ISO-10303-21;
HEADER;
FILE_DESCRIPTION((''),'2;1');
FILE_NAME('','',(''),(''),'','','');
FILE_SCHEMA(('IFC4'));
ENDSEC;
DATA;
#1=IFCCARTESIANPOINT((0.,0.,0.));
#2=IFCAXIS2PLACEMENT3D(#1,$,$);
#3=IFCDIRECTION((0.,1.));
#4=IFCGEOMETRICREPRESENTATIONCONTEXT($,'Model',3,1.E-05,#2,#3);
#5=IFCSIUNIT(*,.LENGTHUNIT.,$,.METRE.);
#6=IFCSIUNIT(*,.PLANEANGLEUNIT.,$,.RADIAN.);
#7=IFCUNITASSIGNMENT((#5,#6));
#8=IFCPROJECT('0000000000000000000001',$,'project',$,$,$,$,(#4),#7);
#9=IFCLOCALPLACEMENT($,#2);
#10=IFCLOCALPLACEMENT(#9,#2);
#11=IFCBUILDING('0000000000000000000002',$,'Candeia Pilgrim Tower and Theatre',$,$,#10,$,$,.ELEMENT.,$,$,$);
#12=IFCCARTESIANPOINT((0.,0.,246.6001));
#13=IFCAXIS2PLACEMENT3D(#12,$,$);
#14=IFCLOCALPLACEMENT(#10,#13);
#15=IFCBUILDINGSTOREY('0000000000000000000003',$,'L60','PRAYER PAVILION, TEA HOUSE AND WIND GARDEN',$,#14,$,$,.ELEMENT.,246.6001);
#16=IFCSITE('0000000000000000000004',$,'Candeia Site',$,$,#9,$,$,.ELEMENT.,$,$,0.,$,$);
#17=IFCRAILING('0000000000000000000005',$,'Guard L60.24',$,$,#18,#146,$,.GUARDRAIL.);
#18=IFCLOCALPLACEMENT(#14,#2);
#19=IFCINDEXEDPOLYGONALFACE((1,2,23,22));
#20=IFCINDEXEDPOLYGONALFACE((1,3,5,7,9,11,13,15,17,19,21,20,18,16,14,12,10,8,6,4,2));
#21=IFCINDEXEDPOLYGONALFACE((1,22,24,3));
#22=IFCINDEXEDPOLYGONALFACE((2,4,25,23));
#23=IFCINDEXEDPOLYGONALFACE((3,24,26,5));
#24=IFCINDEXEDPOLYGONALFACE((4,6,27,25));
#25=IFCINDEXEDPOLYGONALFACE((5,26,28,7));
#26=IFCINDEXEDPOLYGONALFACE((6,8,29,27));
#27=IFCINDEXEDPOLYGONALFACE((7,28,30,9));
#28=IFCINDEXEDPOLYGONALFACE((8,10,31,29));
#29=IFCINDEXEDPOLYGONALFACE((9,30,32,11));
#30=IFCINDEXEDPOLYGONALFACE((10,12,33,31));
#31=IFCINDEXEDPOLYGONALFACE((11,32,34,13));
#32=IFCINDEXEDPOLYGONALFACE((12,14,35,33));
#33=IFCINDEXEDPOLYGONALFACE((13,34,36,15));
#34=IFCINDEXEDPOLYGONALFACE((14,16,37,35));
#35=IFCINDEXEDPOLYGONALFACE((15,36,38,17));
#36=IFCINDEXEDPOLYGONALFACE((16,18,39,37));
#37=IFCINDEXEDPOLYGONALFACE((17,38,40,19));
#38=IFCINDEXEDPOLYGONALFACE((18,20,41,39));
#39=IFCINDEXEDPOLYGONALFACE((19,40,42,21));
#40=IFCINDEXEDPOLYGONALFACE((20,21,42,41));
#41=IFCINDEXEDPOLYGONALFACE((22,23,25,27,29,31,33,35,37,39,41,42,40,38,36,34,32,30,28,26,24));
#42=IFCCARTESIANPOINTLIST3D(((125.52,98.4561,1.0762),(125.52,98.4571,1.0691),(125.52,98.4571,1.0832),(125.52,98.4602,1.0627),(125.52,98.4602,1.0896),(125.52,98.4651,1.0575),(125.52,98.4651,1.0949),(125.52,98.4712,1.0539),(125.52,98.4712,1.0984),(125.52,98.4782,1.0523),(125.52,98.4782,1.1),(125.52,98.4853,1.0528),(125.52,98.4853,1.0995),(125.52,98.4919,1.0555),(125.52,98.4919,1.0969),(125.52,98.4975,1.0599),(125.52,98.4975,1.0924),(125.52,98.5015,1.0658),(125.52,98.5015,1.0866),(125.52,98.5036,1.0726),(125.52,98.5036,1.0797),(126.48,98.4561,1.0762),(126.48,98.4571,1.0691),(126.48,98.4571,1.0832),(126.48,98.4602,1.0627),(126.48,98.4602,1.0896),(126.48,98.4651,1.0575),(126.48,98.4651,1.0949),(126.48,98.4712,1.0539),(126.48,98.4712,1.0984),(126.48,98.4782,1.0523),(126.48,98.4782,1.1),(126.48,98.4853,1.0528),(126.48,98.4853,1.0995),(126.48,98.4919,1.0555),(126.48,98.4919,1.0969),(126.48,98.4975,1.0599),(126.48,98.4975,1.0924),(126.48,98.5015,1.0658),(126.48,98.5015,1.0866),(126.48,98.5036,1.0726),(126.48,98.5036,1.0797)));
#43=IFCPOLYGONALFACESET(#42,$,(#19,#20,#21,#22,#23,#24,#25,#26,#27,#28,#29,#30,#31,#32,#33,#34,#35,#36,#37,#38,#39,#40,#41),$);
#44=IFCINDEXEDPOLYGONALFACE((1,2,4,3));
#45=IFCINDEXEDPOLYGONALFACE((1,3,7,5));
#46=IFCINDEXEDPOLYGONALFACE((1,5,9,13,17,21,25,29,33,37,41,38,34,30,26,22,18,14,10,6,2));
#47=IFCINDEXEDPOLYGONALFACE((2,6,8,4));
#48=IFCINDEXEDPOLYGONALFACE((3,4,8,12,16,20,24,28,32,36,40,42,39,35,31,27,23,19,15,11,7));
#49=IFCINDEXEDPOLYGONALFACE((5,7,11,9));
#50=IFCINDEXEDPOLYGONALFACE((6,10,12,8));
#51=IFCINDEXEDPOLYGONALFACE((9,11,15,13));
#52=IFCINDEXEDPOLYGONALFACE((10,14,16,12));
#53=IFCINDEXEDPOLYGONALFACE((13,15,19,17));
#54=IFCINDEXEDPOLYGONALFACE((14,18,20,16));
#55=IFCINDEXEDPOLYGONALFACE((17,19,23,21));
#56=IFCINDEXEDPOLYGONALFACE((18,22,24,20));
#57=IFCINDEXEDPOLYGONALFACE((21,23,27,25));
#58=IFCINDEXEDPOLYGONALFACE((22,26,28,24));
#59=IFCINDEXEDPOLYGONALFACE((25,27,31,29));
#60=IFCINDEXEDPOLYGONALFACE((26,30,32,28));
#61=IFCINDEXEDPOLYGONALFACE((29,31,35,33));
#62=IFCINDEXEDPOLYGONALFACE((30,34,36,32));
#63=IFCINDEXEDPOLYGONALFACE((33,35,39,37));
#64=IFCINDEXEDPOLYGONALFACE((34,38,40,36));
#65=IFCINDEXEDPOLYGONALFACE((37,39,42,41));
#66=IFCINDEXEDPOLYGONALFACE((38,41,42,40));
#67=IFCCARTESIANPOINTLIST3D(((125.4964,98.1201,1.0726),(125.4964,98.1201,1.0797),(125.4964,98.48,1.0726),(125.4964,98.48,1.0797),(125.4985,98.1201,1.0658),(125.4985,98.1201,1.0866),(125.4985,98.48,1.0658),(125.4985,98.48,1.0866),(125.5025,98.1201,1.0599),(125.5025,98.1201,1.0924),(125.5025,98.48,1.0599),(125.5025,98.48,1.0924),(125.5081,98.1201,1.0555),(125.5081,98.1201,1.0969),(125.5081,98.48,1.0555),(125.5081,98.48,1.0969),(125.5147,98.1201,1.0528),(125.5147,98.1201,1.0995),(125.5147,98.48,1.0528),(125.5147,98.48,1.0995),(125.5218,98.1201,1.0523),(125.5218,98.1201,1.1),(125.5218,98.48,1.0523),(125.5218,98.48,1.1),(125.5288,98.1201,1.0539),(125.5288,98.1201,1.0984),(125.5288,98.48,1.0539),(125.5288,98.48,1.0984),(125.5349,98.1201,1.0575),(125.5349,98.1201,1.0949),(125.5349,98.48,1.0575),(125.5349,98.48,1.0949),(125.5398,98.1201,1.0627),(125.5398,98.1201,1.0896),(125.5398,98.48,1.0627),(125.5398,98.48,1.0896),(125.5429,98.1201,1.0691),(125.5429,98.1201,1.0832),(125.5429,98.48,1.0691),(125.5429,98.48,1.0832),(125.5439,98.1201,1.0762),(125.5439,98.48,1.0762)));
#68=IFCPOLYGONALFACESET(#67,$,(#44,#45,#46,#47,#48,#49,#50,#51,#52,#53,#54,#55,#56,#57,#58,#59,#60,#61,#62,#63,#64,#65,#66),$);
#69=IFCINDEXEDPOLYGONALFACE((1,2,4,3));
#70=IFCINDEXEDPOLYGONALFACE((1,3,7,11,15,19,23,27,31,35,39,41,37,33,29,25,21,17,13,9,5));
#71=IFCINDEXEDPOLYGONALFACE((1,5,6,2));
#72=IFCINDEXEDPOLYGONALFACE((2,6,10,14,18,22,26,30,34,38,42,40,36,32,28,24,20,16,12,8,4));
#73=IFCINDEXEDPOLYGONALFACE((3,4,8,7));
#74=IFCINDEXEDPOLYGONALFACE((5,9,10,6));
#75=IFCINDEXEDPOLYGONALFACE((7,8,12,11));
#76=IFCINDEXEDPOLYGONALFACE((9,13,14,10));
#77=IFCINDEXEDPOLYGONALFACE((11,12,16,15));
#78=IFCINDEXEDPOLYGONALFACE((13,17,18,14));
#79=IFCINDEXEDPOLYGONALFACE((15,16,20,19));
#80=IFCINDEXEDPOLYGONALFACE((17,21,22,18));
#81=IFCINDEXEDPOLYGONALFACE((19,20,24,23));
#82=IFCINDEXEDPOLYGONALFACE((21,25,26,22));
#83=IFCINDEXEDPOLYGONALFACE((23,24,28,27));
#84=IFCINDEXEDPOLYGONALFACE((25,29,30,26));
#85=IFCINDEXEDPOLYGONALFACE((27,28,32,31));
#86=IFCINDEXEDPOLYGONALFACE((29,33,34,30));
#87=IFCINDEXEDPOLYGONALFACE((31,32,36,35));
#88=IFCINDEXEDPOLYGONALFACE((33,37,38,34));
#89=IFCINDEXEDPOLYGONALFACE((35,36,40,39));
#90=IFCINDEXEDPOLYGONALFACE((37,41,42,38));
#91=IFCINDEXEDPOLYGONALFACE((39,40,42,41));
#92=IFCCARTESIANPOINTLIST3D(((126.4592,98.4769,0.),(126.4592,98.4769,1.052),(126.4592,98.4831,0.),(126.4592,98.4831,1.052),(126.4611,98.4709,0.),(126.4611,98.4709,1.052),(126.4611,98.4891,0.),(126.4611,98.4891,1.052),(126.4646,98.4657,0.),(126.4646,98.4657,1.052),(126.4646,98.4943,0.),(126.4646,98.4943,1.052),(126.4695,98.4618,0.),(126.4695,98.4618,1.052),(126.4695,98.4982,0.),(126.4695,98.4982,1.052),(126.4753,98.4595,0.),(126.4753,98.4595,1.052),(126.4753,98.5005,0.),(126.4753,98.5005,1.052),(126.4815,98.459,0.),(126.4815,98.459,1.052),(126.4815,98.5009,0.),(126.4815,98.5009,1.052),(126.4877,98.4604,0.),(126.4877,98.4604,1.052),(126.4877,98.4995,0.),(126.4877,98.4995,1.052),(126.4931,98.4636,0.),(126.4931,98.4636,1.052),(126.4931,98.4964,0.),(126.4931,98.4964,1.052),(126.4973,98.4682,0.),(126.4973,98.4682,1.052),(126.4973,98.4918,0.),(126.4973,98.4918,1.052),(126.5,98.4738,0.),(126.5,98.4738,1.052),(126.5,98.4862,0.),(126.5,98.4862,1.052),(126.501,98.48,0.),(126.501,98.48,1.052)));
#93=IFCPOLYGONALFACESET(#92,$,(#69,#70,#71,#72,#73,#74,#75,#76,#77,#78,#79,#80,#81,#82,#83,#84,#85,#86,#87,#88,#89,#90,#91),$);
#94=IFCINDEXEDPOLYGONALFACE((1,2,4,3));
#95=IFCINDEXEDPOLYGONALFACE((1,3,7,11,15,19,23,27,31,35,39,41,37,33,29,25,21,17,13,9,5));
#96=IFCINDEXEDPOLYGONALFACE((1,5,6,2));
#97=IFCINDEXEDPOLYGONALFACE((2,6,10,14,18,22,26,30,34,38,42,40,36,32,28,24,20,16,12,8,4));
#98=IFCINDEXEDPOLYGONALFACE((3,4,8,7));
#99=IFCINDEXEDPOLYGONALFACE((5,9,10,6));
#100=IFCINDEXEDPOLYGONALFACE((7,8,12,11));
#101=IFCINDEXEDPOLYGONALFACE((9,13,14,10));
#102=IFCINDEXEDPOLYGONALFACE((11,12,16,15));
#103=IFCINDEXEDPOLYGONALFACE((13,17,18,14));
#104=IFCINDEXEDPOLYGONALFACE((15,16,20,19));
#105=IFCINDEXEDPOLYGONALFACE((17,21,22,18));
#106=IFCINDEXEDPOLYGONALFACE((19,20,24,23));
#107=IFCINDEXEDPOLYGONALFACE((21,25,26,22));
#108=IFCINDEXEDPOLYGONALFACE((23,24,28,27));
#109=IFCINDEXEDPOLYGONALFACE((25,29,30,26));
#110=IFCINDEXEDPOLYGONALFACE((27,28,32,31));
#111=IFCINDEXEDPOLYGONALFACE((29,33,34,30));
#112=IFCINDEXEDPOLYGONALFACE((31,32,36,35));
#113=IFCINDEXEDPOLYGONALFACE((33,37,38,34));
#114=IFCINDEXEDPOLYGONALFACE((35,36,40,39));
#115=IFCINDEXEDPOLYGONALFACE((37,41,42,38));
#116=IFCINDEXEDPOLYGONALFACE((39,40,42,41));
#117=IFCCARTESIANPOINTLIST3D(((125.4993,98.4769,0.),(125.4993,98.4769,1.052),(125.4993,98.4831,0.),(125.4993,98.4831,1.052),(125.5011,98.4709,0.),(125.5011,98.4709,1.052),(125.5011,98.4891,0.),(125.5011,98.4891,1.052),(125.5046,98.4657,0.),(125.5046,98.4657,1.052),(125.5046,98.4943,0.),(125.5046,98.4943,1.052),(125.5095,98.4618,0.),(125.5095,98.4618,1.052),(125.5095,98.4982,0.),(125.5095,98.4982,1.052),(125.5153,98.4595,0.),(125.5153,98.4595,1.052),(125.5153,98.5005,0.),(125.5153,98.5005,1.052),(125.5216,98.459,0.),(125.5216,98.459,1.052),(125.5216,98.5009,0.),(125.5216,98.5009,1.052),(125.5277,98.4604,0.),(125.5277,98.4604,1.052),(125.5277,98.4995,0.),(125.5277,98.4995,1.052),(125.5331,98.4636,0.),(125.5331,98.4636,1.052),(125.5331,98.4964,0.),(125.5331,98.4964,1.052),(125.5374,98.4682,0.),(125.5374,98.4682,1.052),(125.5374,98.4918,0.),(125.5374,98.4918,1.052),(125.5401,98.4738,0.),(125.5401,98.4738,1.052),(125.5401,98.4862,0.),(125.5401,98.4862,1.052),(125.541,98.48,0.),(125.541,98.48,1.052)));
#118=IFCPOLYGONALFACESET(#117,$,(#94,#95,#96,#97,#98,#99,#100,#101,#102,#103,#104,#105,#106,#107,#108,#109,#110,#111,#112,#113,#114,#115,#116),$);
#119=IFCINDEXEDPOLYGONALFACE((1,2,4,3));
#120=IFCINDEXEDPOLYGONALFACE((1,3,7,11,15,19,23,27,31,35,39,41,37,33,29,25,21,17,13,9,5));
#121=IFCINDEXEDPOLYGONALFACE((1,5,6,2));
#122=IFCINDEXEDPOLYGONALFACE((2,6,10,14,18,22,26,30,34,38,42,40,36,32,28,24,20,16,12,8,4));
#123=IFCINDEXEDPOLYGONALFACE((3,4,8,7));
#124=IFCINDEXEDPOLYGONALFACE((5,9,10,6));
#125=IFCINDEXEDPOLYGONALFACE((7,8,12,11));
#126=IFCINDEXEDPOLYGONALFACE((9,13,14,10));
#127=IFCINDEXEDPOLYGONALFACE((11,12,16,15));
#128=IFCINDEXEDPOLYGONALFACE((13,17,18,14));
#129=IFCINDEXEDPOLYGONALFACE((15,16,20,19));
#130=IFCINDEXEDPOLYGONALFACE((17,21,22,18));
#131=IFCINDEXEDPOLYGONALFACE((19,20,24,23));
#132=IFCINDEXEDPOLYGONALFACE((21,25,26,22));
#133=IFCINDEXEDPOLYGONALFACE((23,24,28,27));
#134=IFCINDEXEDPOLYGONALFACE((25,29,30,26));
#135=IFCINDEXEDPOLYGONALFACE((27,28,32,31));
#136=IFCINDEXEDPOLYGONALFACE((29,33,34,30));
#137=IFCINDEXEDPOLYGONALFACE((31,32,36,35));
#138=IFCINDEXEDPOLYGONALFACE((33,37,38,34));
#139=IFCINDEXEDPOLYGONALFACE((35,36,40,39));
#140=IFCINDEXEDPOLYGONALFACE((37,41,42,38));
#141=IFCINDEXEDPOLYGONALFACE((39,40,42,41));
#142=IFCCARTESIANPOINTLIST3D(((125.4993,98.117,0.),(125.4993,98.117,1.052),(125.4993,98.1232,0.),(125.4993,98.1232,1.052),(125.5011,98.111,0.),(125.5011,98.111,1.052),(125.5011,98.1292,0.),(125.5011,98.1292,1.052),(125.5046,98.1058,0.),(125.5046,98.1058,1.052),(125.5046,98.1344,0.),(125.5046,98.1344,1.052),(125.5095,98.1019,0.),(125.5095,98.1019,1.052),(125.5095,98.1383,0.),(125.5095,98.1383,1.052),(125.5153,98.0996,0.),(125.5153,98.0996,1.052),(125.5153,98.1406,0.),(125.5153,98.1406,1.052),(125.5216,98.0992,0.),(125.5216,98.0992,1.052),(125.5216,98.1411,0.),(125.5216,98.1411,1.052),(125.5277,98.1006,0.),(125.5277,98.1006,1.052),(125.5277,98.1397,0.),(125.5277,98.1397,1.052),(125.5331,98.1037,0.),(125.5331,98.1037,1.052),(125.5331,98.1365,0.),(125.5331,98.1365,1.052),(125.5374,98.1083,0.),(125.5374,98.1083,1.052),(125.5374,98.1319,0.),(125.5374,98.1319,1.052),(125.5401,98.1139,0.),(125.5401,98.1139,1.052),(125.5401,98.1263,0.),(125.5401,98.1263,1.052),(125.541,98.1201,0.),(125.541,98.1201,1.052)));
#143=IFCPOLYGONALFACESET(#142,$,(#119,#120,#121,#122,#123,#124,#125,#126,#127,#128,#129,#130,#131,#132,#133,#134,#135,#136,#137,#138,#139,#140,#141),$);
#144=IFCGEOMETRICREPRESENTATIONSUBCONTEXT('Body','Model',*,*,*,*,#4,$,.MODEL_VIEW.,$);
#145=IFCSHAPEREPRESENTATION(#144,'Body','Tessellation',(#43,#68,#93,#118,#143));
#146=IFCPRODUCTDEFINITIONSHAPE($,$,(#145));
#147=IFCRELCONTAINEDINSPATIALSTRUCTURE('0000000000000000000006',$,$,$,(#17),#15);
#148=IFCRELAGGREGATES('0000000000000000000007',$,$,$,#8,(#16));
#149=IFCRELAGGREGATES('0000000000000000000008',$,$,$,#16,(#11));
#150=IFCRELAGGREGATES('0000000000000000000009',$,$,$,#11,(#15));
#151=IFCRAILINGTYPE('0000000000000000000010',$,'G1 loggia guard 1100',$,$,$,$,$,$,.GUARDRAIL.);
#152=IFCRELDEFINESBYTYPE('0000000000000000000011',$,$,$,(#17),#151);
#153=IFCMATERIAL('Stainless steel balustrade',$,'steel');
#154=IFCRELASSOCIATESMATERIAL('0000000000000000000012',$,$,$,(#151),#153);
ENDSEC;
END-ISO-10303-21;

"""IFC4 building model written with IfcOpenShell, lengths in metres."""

from ifc_helpers import new_model, si_unit, direction, frame, origin, origin_2d, place, context, subcontext, project, spatial, circle, extrude, material, type_object, element, save


model = new_model("IFC4")

# Units and contexts
model_context = context("Model", 3, precision=1e-05, world=origin(), true_north=direction((0.0, 1.0)))
body_context = subcontext(model_context, "Body", "Model", "MODEL_VIEW")
ifc_project = project(units=[si_unit("LENGTHUNIT", "METRE"), si_unit("PLANEANGLEUNIT", "RADIAN")], contexts=[model_context])

# Site, building, storey
site_placement = place(None, origin())
site = spatial("IfcSite", under=ifc_project, at=site_placement, Name="Candeia Site", CompositionType="ELEMENT", RefElevation=0.0)
building_placement = place(site_placement, origin())
building = spatial("IfcBuilding", under=site, at=building_placement, Name="Candeia Pilgrim Tower and Theatre", CompositionType="ELEMENT")
storey_placement = place(building_placement, frame((0.0, 0.0, 246.6001)))
storey = spatial("IfcBuildingStorey", under=building, at=storey_placement, Name="L60", Description="PRAYER PAVILION, TEA HOUSE AND WIND GARDEN", CompositionType="ELEMENT", Elevation=246.6001)

# Railing
ifc_material_1 = material(Name="Stainless steel balustrade", Category="steel")
railing_type = type_object("IfcRailingType", Name="G1 loggia guard 1100", PredefinedType="GUARDRAIL", material=ifc_material_1)
railing_1_placement = place(storey_placement, frame((126.48, 98.48, 0.0)))
element("IfcRailing", 1, at=railing_1_placement, inside=storey, type_object=railing_type, Name="Guard L60.24", PredefinedType="GUARDRAIL", context=body_context, shape_type="SweptSolid", body=[
    extrude(circle(Radius=0.0239, at=origin_2d()), frame((0.0, 0.0, 1.0762), z_axis=(-1.0, 0.0, 0.0), x_axis=(0.0, -1.0, 0.0)), (0.0, 0.0, 1.0), 0.96),
    extrude(circle(Radius=0.0239, at=origin_2d()), frame((-0.96, 0.0, 1.0762), z_axis=(0.0, -1.0, 0.0), x_axis=(1.0, 0.0, 0.0)), (0.0, 0.0, 1.0), 0.3599),
    extrude(circle(Radius=0.021, at=origin_2d()), origin(), (0.0, 0.0, 1.0), 1.052),
    extrude(circle(Radius=0.021, at=origin_2d()), frame((-0.96, 0.0, 0.0)), (0.0, 0.0, 1.0), 1.052),
    extrude(circle(Radius=0.021, at=origin_2d()), frame((-0.96, -0.3599, 0.0)), (0.0, 0.0, 1.0), 1.052),
])

save(model, "model.ifc")
